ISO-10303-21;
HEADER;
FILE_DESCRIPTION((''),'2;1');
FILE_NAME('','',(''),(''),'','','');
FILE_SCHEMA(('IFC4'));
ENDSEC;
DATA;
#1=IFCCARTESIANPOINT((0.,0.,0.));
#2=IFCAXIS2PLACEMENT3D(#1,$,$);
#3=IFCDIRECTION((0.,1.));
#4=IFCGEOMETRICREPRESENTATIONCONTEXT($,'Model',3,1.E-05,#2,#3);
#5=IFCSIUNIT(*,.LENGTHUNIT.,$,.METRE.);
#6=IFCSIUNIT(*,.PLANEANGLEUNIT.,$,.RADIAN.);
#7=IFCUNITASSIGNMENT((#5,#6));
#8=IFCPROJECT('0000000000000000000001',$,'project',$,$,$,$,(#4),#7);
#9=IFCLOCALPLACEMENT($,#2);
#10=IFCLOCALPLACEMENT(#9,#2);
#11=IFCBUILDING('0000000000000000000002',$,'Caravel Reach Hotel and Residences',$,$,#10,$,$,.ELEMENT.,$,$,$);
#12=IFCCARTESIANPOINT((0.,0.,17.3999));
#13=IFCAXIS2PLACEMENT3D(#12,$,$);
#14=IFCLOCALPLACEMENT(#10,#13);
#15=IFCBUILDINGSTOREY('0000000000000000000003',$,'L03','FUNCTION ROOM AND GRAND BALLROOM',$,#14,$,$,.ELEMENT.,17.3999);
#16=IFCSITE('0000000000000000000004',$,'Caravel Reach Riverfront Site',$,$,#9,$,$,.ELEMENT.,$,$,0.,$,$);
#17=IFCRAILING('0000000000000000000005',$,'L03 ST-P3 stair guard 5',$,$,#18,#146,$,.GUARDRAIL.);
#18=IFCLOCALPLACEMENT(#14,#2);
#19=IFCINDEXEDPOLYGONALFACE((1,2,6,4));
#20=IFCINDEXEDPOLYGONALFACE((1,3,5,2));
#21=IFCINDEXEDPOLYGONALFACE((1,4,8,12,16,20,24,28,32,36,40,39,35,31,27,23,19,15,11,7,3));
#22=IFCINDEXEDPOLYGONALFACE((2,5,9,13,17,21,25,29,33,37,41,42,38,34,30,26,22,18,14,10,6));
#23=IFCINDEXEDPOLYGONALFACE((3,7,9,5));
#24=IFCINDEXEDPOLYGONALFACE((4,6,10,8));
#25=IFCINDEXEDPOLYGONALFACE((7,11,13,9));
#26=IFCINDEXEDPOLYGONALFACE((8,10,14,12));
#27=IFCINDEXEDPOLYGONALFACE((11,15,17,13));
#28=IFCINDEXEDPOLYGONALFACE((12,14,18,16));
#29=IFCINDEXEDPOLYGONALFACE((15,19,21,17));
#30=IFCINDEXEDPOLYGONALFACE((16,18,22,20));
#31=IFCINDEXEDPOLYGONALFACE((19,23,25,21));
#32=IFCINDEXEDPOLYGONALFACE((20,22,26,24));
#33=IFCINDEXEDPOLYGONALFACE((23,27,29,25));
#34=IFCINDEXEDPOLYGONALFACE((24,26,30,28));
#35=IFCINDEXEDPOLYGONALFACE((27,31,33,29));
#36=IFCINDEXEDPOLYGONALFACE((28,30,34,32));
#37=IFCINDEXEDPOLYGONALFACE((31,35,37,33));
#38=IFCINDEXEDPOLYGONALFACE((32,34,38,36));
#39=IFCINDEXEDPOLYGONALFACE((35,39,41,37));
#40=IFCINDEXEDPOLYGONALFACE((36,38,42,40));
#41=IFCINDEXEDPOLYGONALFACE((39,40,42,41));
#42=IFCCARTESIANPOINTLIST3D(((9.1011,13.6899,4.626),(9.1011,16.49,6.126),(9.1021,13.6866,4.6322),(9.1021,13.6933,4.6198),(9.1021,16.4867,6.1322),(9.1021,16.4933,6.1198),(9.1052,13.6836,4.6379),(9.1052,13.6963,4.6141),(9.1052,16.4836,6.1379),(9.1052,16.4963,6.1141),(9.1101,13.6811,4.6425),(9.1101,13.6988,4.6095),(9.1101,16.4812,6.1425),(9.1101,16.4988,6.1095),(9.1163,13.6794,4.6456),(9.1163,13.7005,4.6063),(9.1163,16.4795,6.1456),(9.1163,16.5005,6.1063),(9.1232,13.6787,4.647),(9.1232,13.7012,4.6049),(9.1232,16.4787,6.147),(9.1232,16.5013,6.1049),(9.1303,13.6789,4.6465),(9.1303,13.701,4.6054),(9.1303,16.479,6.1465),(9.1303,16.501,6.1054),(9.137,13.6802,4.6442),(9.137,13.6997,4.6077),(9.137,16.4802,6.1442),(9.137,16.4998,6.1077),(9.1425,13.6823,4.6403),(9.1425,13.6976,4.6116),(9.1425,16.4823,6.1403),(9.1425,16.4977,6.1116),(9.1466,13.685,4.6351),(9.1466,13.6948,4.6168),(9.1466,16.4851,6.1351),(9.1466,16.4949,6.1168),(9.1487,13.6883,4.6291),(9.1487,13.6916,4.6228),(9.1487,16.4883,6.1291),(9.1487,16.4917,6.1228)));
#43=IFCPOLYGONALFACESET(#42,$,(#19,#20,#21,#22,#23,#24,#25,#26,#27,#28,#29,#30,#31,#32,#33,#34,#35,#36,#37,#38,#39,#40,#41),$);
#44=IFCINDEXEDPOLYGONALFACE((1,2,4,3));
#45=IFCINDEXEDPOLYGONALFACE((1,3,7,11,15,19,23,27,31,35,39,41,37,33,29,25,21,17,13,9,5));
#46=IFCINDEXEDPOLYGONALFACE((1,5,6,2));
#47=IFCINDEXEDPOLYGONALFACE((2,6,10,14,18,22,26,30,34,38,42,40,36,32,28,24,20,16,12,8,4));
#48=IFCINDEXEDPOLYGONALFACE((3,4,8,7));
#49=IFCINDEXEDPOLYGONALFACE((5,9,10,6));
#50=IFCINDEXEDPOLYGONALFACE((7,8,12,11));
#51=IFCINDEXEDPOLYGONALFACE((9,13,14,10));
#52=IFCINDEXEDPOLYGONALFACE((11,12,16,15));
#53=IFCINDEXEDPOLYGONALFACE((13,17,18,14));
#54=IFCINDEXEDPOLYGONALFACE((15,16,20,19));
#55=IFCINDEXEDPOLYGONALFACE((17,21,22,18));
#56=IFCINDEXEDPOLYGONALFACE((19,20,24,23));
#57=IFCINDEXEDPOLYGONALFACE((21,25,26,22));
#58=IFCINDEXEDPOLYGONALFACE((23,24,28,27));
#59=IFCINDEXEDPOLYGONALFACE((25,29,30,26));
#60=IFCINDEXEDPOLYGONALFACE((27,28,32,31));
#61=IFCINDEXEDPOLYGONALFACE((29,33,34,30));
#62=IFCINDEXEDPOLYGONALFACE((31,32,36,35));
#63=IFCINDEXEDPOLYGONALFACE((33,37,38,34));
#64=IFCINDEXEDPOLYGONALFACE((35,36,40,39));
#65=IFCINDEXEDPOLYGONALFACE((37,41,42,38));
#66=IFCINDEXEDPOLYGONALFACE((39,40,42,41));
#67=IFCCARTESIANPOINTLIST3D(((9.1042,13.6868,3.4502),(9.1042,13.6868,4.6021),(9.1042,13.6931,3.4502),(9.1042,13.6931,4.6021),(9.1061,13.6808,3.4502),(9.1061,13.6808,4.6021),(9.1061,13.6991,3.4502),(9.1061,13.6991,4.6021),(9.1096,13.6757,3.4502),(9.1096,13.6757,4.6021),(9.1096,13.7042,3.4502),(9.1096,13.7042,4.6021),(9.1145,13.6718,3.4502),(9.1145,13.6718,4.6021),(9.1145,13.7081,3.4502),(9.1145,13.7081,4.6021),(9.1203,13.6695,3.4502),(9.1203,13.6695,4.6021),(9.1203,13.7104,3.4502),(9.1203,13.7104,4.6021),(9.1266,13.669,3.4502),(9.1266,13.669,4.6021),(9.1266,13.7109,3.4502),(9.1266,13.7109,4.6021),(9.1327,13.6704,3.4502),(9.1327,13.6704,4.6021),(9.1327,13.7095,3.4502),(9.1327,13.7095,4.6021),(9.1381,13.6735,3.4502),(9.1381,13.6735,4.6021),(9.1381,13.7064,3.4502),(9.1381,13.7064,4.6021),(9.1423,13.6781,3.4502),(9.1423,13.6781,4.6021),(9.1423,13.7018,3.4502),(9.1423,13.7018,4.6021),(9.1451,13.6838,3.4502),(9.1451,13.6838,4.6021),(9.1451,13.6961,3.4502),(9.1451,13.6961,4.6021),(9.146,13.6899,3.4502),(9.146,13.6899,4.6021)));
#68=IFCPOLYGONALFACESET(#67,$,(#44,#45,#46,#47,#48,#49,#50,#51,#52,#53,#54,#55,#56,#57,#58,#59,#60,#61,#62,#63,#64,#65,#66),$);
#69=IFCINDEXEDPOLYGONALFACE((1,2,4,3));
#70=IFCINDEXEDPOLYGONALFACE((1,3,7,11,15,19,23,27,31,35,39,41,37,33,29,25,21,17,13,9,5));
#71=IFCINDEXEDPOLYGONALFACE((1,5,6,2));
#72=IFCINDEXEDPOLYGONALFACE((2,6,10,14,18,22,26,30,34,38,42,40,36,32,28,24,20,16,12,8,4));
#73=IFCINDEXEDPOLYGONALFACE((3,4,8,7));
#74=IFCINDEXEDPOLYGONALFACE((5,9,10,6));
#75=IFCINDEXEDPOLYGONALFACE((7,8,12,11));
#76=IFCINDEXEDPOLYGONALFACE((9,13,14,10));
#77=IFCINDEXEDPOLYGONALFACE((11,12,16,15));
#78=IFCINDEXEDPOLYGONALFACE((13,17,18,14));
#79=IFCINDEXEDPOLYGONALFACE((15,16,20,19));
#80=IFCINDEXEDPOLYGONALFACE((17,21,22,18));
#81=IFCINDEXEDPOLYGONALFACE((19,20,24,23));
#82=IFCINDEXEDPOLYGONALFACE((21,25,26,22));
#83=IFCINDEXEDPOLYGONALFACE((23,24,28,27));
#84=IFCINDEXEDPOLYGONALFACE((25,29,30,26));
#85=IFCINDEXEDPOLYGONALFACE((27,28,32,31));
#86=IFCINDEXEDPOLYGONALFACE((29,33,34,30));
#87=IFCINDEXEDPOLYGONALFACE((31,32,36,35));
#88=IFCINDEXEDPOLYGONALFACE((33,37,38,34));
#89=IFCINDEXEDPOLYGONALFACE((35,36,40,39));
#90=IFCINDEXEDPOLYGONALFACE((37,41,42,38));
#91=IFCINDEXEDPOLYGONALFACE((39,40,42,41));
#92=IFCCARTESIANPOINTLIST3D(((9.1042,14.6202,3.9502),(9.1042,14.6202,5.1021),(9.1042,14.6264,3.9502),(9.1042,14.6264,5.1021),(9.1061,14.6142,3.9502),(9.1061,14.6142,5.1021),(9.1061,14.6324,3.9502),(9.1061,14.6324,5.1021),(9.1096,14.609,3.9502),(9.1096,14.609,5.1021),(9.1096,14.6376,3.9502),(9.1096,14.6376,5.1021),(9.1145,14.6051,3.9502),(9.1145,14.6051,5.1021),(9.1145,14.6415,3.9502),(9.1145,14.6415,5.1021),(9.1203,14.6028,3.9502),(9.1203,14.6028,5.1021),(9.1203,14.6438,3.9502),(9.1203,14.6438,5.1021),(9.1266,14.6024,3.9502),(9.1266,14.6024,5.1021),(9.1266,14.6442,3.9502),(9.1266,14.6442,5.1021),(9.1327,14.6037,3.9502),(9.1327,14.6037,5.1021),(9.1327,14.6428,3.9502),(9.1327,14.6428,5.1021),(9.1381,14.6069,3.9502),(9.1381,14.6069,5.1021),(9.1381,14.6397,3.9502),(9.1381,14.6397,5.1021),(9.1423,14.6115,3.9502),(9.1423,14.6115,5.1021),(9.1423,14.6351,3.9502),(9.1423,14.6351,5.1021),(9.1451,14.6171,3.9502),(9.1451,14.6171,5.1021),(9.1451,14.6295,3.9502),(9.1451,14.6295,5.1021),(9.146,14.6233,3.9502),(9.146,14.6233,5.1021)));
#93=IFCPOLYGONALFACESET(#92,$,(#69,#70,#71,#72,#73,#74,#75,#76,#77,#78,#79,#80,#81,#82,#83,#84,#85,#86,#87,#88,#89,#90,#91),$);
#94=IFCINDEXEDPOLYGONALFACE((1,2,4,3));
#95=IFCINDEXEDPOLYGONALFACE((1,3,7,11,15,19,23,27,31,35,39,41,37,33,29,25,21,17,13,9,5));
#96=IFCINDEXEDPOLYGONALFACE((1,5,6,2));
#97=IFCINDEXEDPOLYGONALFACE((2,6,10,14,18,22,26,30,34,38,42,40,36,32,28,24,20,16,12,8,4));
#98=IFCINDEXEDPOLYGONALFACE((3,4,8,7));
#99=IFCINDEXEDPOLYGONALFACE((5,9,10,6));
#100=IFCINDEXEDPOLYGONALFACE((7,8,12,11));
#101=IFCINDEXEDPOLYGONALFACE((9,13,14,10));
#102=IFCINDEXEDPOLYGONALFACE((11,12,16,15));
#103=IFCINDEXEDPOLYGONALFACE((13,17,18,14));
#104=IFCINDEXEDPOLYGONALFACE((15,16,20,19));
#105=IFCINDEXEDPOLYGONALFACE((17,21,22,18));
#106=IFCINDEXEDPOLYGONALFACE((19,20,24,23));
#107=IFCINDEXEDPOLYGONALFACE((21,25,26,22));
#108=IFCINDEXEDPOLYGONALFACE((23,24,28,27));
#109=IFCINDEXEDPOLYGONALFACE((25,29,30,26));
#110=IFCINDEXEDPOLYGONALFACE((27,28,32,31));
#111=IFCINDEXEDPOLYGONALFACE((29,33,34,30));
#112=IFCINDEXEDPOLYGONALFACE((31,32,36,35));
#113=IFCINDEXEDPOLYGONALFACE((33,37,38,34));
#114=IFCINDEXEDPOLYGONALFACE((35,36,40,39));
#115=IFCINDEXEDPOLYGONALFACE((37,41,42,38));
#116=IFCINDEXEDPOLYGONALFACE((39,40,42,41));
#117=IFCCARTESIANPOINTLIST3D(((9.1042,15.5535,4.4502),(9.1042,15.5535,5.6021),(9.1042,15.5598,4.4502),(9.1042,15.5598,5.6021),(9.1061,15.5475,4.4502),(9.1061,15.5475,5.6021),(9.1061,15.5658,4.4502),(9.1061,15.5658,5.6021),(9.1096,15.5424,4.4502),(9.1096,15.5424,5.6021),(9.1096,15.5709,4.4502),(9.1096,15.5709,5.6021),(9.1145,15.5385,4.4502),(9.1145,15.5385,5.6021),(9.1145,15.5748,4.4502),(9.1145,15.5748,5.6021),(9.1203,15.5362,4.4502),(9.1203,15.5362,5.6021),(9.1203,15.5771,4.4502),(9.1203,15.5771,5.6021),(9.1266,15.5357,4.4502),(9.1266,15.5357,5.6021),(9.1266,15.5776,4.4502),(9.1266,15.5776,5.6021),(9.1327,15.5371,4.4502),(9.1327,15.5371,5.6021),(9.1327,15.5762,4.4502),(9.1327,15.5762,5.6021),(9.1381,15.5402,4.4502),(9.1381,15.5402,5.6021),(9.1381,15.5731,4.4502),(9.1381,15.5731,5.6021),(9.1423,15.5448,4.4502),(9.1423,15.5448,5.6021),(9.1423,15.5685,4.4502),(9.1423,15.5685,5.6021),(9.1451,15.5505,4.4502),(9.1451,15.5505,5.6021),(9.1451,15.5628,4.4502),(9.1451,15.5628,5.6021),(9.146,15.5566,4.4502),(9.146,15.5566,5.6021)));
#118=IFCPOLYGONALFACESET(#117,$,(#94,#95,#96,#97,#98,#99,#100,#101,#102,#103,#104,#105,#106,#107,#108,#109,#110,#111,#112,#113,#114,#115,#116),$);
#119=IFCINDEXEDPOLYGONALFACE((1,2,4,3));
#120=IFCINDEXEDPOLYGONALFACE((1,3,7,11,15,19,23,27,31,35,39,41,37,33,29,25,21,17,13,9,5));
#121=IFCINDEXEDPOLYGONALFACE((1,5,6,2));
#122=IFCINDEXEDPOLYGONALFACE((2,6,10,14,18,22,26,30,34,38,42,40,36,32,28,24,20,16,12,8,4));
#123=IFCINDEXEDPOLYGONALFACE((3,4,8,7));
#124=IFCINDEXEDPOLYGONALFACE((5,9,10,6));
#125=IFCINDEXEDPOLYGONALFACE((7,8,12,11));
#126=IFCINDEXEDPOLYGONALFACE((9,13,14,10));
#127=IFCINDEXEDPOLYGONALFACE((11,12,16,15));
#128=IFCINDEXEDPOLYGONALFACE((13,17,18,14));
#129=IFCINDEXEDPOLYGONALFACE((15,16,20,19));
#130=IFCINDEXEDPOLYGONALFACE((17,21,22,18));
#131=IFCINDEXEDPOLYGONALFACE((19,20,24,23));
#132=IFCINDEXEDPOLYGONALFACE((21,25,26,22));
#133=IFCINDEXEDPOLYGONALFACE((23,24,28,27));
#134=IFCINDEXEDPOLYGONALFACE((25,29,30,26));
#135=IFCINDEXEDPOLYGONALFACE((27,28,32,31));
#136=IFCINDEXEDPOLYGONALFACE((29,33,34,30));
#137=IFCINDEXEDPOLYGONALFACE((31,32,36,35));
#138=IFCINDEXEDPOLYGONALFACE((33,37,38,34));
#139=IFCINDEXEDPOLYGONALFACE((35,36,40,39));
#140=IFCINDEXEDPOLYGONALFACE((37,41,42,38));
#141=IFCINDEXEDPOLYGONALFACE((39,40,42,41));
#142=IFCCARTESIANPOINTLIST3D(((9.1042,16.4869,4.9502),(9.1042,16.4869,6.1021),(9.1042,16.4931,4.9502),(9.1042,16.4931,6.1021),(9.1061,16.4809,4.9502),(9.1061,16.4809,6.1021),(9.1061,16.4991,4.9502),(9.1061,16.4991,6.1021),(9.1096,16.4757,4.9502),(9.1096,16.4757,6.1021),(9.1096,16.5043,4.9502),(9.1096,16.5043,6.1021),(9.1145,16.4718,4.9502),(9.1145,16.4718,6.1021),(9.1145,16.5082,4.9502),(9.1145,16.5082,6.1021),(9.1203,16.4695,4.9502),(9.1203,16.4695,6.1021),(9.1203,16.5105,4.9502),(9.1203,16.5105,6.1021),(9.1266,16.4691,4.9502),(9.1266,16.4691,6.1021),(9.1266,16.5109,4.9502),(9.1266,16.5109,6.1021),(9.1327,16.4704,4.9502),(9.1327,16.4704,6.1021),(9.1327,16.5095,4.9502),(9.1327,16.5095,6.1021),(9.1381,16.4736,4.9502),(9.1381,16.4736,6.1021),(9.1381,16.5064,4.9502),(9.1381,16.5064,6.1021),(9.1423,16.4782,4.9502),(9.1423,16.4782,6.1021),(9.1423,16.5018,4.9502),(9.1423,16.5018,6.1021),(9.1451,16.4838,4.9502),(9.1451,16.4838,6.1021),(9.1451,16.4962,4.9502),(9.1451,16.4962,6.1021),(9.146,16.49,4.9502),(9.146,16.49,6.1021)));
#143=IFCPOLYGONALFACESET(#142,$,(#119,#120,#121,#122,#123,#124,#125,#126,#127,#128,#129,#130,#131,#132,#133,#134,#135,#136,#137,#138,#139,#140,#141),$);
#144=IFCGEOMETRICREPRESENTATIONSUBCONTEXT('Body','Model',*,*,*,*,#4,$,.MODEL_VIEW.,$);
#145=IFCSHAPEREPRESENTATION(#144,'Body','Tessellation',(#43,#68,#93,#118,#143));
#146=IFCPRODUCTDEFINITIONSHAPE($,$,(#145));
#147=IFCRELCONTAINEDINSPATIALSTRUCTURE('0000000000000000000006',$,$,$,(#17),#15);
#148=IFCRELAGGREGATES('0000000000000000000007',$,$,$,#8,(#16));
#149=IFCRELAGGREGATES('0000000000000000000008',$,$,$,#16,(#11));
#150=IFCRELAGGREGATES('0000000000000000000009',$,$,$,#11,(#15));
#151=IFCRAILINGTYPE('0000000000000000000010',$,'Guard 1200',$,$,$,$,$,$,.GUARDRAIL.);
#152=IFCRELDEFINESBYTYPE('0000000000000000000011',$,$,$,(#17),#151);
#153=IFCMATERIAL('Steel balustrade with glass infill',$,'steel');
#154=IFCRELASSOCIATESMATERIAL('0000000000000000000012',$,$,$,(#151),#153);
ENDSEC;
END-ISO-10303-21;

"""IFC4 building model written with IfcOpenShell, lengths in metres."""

from ifc_helpers import new_model, si_unit, direction, frame, origin, origin_2d, place, context, subcontext, project, spatial, circle, extrude, material, type_object, element, save


model = new_model("IFC4")

# Units and contexts
model_context = context("Model", 3, precision=1e-05, world=origin(), true_north=direction((0.0, 1.0)))
body_context = subcontext(model_context, "Body", "Model", "MODEL_VIEW")
ifc_project = project(units=[si_unit("LENGTHUNIT", "METRE"), si_unit("PLANEANGLEUNIT", "RADIAN")], contexts=[model_context])

# Site, building, storey
site_placement = place(None, origin())
site = spatial("IfcSite", under=ifc_project, at=site_placement, Name="Caravel Reach Riverfront Site", CompositionType="ELEMENT", RefElevation=0.0)
building_placement = place(site_placement, origin())
building = spatial("IfcBuilding", under=site, at=building_placement, Name="Caravel Reach Hotel and Residences", CompositionType="ELEMENT")
storey_placement = place(building_placement, frame((0.0, 0.0, 17.3999)))
storey = spatial("IfcBuildingStorey", under=building, at=storey_placement, Name="L03", Description="FUNCTION ROOM AND GRAND BALLROOM", CompositionType="ELEMENT", Elevation=17.3999)

# Railing
ifc_material_1 = material(Name="Steel balustrade with glass infill", Category="steel")
railing_type_1 = type_object("IfcRailingType", Name="Guard 1200", PredefinedType="GUARDRAIL", material=ifc_material_1)
railing_1_placement = place(storey_placement, frame((9.125, 13.6899, 3.4502)))
element("IfcRailing", 1, at=railing_1_placement, inside=storey, type_object=railing_type_1, Name="L03 ST-P3 stair guard 5", PredefinedType="GUARDRAIL", context=body_context, shape_type="SweptSolid", body=[
    extrude(circle(Radius=0.0239, at=origin_2d()), frame((0.0, 0.0, 1.1758), z_axis=(0.0, 0.881483, 0.472215), x_axis=(-1.0, 0.0, 0.0)), (0.0, 0.0, 1.0), 3.1765),
    extrude(circle(Radius=0.021, at=origin_2d()), origin(), (0.0, 0.0, 1.0), 1.1519),
    extrude(circle(Radius=0.021, at=origin_2d()), frame((0.0, 0.9333, 0.5)), (0.0, 0.0, 1.0), 1.1519),
    extrude(circle(Radius=0.021, at=origin_2d()), frame((0.0, 1.8667, 1.0)), (0.0, 0.0, 1.0), 1.1519),
    extrude(circle(Radius=0.021, at=origin_2d()), frame((0.0, 2.8, 1.5)), (0.0, 0.0, 1.0), 1.1519),
])

save(model, "model.ifc")
